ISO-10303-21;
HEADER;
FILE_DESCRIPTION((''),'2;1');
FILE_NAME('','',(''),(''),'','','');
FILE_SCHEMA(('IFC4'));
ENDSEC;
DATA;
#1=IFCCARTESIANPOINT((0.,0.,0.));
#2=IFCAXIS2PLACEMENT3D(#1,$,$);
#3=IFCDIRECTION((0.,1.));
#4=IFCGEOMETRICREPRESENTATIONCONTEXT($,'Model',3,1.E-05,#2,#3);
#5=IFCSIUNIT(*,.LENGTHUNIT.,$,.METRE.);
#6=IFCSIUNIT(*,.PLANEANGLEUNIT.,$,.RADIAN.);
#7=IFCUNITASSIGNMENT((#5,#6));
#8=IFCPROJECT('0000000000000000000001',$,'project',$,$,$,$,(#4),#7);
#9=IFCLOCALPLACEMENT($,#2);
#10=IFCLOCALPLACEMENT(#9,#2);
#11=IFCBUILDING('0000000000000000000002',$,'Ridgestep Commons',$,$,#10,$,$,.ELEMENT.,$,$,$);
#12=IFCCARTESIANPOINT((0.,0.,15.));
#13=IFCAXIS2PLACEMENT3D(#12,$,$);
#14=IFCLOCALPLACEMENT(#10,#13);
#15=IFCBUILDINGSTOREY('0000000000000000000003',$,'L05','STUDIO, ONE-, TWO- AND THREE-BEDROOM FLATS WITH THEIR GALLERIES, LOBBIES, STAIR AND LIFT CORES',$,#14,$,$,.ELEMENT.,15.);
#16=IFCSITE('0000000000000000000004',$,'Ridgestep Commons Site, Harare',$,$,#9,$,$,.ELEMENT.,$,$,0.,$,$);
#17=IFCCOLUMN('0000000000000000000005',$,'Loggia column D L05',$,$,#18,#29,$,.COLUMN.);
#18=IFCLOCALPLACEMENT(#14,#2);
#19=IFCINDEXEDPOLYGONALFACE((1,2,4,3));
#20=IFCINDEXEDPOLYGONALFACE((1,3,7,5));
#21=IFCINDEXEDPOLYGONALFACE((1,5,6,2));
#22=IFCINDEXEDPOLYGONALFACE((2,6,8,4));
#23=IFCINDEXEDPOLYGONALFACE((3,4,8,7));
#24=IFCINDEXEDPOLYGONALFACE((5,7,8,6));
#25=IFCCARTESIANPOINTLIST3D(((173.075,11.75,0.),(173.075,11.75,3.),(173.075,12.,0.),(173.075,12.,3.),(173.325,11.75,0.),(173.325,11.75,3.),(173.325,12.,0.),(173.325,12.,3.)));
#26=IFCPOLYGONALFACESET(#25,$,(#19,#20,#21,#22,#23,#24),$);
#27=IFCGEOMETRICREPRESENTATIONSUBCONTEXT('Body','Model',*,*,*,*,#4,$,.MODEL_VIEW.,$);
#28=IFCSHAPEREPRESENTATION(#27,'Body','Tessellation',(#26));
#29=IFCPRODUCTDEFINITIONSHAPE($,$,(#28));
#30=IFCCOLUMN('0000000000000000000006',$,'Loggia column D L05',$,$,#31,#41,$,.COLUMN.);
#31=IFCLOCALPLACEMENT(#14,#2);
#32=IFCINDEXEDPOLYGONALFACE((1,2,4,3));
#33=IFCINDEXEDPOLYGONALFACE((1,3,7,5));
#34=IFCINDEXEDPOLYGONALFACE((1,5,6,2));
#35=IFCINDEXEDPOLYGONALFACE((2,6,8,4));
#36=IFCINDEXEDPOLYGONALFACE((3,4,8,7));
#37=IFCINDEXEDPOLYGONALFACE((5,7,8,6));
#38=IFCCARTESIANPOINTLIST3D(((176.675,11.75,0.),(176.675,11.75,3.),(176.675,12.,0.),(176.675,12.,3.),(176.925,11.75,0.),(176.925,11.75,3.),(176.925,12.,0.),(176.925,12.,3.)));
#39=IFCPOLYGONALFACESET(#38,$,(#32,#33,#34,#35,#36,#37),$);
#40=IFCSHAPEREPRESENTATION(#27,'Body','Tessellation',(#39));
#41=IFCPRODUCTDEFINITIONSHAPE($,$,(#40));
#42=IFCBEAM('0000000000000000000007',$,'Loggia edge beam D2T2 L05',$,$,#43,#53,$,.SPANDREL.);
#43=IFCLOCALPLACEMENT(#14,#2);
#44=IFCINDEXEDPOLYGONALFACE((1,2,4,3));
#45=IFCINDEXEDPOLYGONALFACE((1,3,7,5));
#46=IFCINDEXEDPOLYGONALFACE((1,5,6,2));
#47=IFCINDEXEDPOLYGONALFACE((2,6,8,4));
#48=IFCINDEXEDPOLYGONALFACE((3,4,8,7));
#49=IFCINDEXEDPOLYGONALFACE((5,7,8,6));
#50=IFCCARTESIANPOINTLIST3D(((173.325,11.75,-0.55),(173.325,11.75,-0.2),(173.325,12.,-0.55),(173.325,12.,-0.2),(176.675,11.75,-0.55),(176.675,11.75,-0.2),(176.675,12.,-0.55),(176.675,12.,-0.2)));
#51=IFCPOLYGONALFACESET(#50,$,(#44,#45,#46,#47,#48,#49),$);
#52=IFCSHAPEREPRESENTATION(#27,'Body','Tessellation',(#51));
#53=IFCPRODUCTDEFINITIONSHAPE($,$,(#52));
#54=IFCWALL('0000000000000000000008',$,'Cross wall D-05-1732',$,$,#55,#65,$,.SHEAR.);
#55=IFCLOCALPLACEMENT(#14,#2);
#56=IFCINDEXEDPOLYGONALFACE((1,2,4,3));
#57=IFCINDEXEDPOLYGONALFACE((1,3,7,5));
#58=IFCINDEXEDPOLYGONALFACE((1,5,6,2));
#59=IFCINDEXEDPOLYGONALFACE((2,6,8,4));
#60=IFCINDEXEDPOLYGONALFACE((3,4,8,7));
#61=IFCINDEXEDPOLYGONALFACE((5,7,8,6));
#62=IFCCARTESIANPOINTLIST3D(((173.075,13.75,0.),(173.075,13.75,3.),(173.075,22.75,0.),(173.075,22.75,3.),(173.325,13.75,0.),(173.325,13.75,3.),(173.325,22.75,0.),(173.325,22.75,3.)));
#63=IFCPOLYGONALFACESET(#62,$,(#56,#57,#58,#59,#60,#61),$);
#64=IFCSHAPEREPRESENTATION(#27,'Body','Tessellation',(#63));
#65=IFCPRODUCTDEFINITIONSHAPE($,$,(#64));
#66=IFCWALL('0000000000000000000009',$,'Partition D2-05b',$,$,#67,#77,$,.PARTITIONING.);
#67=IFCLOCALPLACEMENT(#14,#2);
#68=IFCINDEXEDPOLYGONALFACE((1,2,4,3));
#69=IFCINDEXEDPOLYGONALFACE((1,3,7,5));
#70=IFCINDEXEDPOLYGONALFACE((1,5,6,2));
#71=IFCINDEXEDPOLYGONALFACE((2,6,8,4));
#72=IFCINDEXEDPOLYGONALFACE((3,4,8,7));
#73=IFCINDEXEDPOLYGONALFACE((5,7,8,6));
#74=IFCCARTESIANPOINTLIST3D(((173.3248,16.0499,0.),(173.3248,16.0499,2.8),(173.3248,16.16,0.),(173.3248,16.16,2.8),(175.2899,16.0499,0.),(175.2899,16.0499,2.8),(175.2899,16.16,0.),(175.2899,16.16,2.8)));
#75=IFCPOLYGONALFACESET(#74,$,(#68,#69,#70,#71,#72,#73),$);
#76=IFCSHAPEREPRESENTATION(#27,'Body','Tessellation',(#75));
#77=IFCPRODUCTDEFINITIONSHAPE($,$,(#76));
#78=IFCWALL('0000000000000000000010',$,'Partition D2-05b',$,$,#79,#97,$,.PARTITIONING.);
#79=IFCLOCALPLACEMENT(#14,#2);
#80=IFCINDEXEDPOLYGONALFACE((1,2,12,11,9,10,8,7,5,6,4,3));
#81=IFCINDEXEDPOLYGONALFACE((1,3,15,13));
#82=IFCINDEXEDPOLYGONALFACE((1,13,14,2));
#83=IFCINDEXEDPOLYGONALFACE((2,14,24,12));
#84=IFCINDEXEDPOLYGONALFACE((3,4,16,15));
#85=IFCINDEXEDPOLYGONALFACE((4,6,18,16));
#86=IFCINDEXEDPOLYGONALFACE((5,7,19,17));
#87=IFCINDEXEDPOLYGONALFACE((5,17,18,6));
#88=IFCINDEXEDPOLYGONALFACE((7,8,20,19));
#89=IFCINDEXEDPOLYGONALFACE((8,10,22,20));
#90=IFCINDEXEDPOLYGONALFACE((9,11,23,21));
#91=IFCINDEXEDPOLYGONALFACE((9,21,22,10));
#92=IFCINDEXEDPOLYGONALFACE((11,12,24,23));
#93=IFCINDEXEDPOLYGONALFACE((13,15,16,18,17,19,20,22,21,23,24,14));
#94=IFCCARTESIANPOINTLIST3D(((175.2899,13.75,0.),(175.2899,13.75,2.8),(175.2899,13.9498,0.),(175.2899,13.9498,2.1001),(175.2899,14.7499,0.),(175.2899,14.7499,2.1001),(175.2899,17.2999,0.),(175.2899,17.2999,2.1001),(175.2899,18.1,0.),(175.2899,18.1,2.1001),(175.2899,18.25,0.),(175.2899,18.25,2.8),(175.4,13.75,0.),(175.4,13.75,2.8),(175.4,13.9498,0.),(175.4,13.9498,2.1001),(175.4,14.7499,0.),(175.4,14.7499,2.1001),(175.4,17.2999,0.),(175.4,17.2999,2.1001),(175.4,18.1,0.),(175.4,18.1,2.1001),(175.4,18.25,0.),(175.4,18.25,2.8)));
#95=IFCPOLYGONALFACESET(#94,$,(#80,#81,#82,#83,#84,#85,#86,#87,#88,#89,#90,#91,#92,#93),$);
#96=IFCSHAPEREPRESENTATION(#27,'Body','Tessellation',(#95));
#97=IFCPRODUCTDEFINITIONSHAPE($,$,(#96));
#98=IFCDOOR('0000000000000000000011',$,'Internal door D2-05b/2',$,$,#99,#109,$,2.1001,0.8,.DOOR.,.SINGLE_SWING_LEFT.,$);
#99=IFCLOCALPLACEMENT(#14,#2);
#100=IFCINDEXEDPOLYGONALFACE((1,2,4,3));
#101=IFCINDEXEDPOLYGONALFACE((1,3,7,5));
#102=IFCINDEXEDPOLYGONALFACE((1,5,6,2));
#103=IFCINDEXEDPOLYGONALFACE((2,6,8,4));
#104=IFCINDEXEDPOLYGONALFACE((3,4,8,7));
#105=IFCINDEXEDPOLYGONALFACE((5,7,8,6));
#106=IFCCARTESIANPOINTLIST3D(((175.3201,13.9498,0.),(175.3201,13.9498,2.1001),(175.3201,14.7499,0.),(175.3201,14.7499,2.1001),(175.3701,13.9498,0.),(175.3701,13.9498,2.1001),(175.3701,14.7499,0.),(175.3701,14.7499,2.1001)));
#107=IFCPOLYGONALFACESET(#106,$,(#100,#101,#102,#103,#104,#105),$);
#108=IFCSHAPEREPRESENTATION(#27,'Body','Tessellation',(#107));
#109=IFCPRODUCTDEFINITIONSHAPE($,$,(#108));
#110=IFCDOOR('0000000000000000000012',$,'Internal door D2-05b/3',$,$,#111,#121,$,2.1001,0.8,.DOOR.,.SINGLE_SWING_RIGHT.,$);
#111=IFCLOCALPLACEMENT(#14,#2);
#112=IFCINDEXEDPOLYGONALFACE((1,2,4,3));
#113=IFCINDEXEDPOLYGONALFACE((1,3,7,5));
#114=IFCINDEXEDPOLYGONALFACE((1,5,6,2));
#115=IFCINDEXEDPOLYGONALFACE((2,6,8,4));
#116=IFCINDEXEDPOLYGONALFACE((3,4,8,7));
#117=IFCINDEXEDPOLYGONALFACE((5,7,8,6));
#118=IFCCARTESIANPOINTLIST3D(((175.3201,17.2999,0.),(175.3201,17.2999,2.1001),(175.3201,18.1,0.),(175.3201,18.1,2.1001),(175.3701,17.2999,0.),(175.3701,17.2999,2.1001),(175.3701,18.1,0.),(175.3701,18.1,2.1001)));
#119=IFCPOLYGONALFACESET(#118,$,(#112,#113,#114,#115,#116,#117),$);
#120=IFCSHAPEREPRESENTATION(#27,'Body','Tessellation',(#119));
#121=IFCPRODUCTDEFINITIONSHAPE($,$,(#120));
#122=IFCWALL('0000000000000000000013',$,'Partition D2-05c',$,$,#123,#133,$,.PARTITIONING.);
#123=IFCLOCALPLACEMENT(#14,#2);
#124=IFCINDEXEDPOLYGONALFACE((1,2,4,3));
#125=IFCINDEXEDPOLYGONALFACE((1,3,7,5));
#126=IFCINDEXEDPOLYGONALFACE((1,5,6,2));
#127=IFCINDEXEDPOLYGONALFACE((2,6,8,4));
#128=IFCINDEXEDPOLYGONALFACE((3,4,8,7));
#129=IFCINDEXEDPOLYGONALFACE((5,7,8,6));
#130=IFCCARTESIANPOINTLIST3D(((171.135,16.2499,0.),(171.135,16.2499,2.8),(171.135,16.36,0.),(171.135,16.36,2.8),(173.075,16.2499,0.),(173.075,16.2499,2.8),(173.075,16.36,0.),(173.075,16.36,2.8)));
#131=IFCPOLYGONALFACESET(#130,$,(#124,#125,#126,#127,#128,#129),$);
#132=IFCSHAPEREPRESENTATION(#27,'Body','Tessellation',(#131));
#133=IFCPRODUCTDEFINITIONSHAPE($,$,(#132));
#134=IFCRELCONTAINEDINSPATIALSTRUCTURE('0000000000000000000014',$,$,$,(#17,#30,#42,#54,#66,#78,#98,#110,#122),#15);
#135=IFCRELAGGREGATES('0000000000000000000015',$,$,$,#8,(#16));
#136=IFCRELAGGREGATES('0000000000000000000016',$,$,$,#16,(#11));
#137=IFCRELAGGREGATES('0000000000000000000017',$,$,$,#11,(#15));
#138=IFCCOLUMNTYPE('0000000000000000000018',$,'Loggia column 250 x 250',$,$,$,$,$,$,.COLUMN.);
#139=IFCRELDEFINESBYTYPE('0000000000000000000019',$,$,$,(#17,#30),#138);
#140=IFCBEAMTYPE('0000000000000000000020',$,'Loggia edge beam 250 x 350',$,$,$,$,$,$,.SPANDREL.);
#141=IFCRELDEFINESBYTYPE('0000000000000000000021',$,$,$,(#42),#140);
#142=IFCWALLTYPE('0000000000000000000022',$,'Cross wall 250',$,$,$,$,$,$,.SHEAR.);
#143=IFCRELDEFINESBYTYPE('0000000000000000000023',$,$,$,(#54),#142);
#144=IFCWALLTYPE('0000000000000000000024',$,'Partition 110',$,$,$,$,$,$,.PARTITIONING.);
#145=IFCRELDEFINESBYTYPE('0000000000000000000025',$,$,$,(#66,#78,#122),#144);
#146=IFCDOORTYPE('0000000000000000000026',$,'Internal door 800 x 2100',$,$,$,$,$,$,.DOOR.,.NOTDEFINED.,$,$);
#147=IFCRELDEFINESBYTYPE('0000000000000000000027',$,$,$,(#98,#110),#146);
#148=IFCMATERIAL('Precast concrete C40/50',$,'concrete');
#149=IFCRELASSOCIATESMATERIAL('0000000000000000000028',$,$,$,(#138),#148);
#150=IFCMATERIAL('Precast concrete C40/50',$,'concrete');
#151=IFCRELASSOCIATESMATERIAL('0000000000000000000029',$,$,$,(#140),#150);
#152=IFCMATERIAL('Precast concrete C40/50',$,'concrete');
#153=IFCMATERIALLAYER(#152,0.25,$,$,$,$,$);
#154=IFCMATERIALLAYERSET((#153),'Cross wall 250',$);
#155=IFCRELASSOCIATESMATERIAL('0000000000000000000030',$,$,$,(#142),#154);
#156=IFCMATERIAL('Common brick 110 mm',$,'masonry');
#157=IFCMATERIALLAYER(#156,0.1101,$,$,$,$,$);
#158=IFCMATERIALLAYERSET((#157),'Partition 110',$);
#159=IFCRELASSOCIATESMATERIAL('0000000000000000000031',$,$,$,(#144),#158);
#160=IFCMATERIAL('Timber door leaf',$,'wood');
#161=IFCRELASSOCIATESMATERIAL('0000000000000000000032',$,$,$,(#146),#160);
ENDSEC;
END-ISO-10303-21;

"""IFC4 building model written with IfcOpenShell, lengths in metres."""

from ifc_helpers import new_model, si_unit, direction, frame, frame_2d, origin, origin_2d, place, context, subcontext, project, spatial, rectangle, extrude, material, layer, layer_set, material_profile, profile_set, type_object, element, fill, save


model = new_model("IFC4")

# Units and contexts
model_context = context("Model", 3, precision=1e-05, world=origin(), true_north=direction((0.0, 1.0)))
body_context = subcontext(model_context, "Body", "Model", "MODEL_VIEW")
ifc_project = project(units=[si_unit("LENGTHUNIT", "METRE"), si_unit("PLANEANGLEUNIT", "RADIAN")], contexts=[model_context])

# Site, building, storey
site_placement = place(None, origin())
site = spatial("IfcSite", under=ifc_project, at=site_placement, Name="Ridgestep Commons Site, Harare", CompositionType="ELEMENT", RefElevation=0.0)
building_placement = place(site_placement, origin())
building = spatial("IfcBuilding", under=site, at=building_placement, Name="Ridgestep Commons", CompositionType="ELEMENT")
storey_placement = place(building_placement, frame((0.0, 0.0, 15.0)))
storey = spatial("IfcBuildingStorey", under=building, at=storey_placement, Name="L05", Description="STUDIO, ONE-, TWO- AND THREE-BEDROOM FLATS WITH THEIR GALLERIES, LOBBIES, STAIR AND LIFT CORES", CompositionType="ELEMENT", Elevation=15.0)

# Columns
ifc_material_1 = material(Name="Precast concrete C40/50", Category="concrete")
ifc_material_profile_1 = material_profile(ifc_material_1, rectangle(XDim=0.25, YDim=0.25, at=origin_2d()), Name="PC 250x250")
ifc_profile_set_1 = profile_set([ifc_material_profile_1], Name="Precast concrete C40/50")
column_type = type_object("IfcColumnType", Name="Loggia column 250 x 250", PredefinedType="COLUMN", material=ifc_profile_set_1)
for number, where, z_axis, x_axis, name in (
    (1, (173.2, 11.875, 0.0), (0.0, 0.0, 1.0), (1.0, 0.0, 0.0), "Loggia column D L05"),
    (2, (176.8, 11.875, 0.0), (0.0, 0.0, 1.0), (1.0, 0.0, 0.0), "Loggia column D L05"),
):
    element("IfcColumn", number, at=place(storey_placement, frame(where, z_axis=z_axis, x_axis=x_axis)), inside=storey, type_object=column_type, Name=name, PredefinedType="COLUMN", context=body_context, shape_type="SweptSolid", body=[
        extrude(rectangle(XDim=0.25, YDim=0.25, at=origin_2d()), origin(), (0.0, 0.0, 1.0), 3.0),
    ])

# Beam
ifc_material_2 = material(Name="Precast concrete C40/50", Category="concrete")
ifc_material_profile_2 = material_profile(ifc_material_2, rectangle(XDim=0.25, YDim=0.3501, at=origin_2d()), Name="PC 250x350")
ifc_profile_set_2 = profile_set([ifc_material_profile_2], Name="Precast concrete C40/50")
beam_type = type_object("IfcBeamType", Name="Loggia edge beam 250 x 350", PredefinedType="SPANDREL", material=ifc_profile_set_2)
beam_placement = place(storey_placement, frame((173.325, 11.875, -0.375), z_axis=(1.0, 0.0, 0.0), x_axis=(0.0, 1.0, 0.0)))
element("IfcBeam", 3, at=beam_placement, inside=storey, type_object=beam_type, Name="Loggia edge beam D2T2 L05", PredefinedType="SPANDREL", context=body_context, shape_type="SweptSolid", body=[
    extrude(rectangle(XDim=0.25, YDim=0.3501, at=origin_2d()), origin(), (0.0, 0.0, 1.0), 3.3501),
])

# Walls
ifc_material_3 = material(Name="Precast concrete C40/50", Category="concrete")
ifc_layer_1 = layer(ifc_material_3, 0.25)
ifc_layer_set_1 = layer_set([ifc_layer_1], Name="Cross wall 250")
wall_type_1 = type_object("IfcWallType", Name="Cross wall 250", PredefinedType="SHEAR", material=ifc_layer_set_1)
wall_1_placement = place(storey_placement, frame((173.2, 13.75, 0.0), z_axis=(0.0, 0.0, 1.0), x_axis=(0.0, 1.0, 0.0)))
element("IfcWall", 4, at=wall_1_placement, inside=storey, type_object=wall_type_1, Name="Cross wall D-05-1732", PredefinedType="SHEAR", context=body_context, shape_type="SweptSolid", body=[
    extrude(rectangle(XDim=9.0, YDim=0.25, at=frame_2d((4.5, 0.0))), origin(), (0.0, 0.0, 1.0), 3.0),
])
ifc_material_4 = material(Name="Common brick 110 mm", Category="masonry")
ifc_layer_2 = layer(ifc_material_4, 0.1101)
ifc_layer_set_2 = layer_set([ifc_layer_2], Name="Partition 110")
wall_type_2 = type_object("IfcWallType", Name="Partition 110", PredefinedType="PARTITIONING", material=ifc_layer_set_2)
wall_2_placement = place(storey_placement, frame((173.325, 16.105, 0.0), z_axis=(0.0, 0.0, 1.0), x_axis=(1.0, 0.0, 0.0)))
element("IfcWall", 5, at=wall_2_placement, inside=storey, type_object=wall_type_2, Name="Partition D2-05b", PredefinedType="PARTITIONING", context=body_context, shape_type="SweptSolid", body=[
    extrude(rectangle(XDim=1.9651, YDim=0.1101, at=frame_2d((0.9824, 0.0))), origin(), (0.0, 0.0, 1.0), 2.8),
])

# Wall, openings, doors
wall_3_placement = place(storey_placement, frame((175.345, 13.75, 0.0), z_axis=(0.0, 0.0, 1.0), x_axis=(0.0, 1.0, 0.0)))
wall_3 = element("IfcWall", 6, at=wall_3_placement, inside=storey, type_object=wall_type_2, Name="Partition D2-05b", PredefinedType="PARTITIONING", context=body_context, shape_type="SweptSolid", body=[
    extrude(rectangle(XDim=4.5, YDim=0.1101, at=frame_2d((2.25, 0.0))), origin(), (0.0, 0.0, 1.0), 2.8),
])
opening_1_placement = place(wall_3_placement, frame((0.2, 0.0, 0.0)))
opening_1 = element("IfcOpeningElement", 7, at=opening_1_placement, cuts=wall_3, PredefinedType="OPENING", context=body_context, shape_type="SweptSolid", body=[
    extrude(rectangle(XDim=0.8, YDim=2.1001, at=frame_2d((0.3999, 1.05))), frame((0.0, 0.0649, 0.0), z_axis=(0.0, -1.0, 0.0), x_axis=(1.0, 0.0, 0.0)), (0.0, 0.0, 1.0), 0.1301),
])
opening_2_placement = place(wall_3_placement, frame((3.55, 0.0, 0.0)))
opening_2 = element("IfcOpeningElement", 8, at=opening_2_placement, cuts=wall_3, PredefinedType="OPENING", context=body_context, shape_type="SweptSolid", body=[
    extrude(rectangle(XDim=0.8, YDim=2.1001, at=frame_2d((0.3999, 1.05))), frame((0.0, 0.0649, 0.0), z_axis=(0.0, -1.0, 0.0), x_axis=(1.0, 0.0, 0.0)), (0.0, 0.0, 1.0), 0.1301),
])
ifc_material_5 = material(Name="Timber door leaf", Category="wood")
door_type_1 = type_object("IfcDoorType", Name="Internal door 800 x 2100", OperationType="NOTDEFINED", PredefinedType="DOOR", material=ifc_material_5)
door_1_placement = place(opening_1_placement, origin())
door_1 = element("IfcDoor", 9, at=door_1_placement, inside=storey, type_object=door_type_1, Name="Internal door D2-05b/2", OperationType="SINGLE_SWING_LEFT", OverallHeight=2.1001, OverallWidth=0.8, PredefinedType="DOOR", context=body_context, shape_type="SweptSolid", body=[
    extrude(rectangle(XDim=0.8, YDim=2.1001, at=frame_2d((0.3999, 1.05))), frame((0.0, 0.0249, 0.0), z_axis=(0.0, -1.0, 0.0), x_axis=(1.0, 0.0, 0.0)), (0.0, 0.0, 1.0), 0.05),
])
fill(opening_1, door_1)
door_2_placement = place(opening_2_placement, origin())
door_2 = element("IfcDoor", 10, at=door_2_placement, inside=storey, type_object=door_type_1, Name="Internal door D2-05b/3", OperationType="SINGLE_SWING_RIGHT", OverallHeight=2.1001, OverallWidth=0.8, PredefinedType="DOOR", context=body_context, shape_type="SweptSolid", body=[
    extrude(rectangle(XDim=0.8, YDim=2.1001, at=frame_2d((0.3999, 1.05))), frame((0.0, 0.0249, 0.0), z_axis=(0.0, -1.0, 0.0), x_axis=(1.0, 0.0, 0.0)), (0.0, 0.0, 1.0), 0.05),
])
fill(opening_2, door_2)

# Wall
wall_4_placement = place(storey_placement, frame((171.135, 16.3049, 0.0), z_axis=(0.0, 0.0, 1.0), x_axis=(1.0, 0.0, 0.0)))
element("IfcWall", 11, at=wall_4_placement, inside=storey, type_object=wall_type_2, Name="Partition D2-05c", PredefinedType="PARTITIONING", context=body_context, shape_type="SweptSolid", body=[
    extrude(rectangle(XDim=1.9399, YDim=0.1101, at=frame_2d((0.97, 0.0))), origin(), (0.0, 0.0, 1.0), 2.8),
])

save(model, "model.ifc")
